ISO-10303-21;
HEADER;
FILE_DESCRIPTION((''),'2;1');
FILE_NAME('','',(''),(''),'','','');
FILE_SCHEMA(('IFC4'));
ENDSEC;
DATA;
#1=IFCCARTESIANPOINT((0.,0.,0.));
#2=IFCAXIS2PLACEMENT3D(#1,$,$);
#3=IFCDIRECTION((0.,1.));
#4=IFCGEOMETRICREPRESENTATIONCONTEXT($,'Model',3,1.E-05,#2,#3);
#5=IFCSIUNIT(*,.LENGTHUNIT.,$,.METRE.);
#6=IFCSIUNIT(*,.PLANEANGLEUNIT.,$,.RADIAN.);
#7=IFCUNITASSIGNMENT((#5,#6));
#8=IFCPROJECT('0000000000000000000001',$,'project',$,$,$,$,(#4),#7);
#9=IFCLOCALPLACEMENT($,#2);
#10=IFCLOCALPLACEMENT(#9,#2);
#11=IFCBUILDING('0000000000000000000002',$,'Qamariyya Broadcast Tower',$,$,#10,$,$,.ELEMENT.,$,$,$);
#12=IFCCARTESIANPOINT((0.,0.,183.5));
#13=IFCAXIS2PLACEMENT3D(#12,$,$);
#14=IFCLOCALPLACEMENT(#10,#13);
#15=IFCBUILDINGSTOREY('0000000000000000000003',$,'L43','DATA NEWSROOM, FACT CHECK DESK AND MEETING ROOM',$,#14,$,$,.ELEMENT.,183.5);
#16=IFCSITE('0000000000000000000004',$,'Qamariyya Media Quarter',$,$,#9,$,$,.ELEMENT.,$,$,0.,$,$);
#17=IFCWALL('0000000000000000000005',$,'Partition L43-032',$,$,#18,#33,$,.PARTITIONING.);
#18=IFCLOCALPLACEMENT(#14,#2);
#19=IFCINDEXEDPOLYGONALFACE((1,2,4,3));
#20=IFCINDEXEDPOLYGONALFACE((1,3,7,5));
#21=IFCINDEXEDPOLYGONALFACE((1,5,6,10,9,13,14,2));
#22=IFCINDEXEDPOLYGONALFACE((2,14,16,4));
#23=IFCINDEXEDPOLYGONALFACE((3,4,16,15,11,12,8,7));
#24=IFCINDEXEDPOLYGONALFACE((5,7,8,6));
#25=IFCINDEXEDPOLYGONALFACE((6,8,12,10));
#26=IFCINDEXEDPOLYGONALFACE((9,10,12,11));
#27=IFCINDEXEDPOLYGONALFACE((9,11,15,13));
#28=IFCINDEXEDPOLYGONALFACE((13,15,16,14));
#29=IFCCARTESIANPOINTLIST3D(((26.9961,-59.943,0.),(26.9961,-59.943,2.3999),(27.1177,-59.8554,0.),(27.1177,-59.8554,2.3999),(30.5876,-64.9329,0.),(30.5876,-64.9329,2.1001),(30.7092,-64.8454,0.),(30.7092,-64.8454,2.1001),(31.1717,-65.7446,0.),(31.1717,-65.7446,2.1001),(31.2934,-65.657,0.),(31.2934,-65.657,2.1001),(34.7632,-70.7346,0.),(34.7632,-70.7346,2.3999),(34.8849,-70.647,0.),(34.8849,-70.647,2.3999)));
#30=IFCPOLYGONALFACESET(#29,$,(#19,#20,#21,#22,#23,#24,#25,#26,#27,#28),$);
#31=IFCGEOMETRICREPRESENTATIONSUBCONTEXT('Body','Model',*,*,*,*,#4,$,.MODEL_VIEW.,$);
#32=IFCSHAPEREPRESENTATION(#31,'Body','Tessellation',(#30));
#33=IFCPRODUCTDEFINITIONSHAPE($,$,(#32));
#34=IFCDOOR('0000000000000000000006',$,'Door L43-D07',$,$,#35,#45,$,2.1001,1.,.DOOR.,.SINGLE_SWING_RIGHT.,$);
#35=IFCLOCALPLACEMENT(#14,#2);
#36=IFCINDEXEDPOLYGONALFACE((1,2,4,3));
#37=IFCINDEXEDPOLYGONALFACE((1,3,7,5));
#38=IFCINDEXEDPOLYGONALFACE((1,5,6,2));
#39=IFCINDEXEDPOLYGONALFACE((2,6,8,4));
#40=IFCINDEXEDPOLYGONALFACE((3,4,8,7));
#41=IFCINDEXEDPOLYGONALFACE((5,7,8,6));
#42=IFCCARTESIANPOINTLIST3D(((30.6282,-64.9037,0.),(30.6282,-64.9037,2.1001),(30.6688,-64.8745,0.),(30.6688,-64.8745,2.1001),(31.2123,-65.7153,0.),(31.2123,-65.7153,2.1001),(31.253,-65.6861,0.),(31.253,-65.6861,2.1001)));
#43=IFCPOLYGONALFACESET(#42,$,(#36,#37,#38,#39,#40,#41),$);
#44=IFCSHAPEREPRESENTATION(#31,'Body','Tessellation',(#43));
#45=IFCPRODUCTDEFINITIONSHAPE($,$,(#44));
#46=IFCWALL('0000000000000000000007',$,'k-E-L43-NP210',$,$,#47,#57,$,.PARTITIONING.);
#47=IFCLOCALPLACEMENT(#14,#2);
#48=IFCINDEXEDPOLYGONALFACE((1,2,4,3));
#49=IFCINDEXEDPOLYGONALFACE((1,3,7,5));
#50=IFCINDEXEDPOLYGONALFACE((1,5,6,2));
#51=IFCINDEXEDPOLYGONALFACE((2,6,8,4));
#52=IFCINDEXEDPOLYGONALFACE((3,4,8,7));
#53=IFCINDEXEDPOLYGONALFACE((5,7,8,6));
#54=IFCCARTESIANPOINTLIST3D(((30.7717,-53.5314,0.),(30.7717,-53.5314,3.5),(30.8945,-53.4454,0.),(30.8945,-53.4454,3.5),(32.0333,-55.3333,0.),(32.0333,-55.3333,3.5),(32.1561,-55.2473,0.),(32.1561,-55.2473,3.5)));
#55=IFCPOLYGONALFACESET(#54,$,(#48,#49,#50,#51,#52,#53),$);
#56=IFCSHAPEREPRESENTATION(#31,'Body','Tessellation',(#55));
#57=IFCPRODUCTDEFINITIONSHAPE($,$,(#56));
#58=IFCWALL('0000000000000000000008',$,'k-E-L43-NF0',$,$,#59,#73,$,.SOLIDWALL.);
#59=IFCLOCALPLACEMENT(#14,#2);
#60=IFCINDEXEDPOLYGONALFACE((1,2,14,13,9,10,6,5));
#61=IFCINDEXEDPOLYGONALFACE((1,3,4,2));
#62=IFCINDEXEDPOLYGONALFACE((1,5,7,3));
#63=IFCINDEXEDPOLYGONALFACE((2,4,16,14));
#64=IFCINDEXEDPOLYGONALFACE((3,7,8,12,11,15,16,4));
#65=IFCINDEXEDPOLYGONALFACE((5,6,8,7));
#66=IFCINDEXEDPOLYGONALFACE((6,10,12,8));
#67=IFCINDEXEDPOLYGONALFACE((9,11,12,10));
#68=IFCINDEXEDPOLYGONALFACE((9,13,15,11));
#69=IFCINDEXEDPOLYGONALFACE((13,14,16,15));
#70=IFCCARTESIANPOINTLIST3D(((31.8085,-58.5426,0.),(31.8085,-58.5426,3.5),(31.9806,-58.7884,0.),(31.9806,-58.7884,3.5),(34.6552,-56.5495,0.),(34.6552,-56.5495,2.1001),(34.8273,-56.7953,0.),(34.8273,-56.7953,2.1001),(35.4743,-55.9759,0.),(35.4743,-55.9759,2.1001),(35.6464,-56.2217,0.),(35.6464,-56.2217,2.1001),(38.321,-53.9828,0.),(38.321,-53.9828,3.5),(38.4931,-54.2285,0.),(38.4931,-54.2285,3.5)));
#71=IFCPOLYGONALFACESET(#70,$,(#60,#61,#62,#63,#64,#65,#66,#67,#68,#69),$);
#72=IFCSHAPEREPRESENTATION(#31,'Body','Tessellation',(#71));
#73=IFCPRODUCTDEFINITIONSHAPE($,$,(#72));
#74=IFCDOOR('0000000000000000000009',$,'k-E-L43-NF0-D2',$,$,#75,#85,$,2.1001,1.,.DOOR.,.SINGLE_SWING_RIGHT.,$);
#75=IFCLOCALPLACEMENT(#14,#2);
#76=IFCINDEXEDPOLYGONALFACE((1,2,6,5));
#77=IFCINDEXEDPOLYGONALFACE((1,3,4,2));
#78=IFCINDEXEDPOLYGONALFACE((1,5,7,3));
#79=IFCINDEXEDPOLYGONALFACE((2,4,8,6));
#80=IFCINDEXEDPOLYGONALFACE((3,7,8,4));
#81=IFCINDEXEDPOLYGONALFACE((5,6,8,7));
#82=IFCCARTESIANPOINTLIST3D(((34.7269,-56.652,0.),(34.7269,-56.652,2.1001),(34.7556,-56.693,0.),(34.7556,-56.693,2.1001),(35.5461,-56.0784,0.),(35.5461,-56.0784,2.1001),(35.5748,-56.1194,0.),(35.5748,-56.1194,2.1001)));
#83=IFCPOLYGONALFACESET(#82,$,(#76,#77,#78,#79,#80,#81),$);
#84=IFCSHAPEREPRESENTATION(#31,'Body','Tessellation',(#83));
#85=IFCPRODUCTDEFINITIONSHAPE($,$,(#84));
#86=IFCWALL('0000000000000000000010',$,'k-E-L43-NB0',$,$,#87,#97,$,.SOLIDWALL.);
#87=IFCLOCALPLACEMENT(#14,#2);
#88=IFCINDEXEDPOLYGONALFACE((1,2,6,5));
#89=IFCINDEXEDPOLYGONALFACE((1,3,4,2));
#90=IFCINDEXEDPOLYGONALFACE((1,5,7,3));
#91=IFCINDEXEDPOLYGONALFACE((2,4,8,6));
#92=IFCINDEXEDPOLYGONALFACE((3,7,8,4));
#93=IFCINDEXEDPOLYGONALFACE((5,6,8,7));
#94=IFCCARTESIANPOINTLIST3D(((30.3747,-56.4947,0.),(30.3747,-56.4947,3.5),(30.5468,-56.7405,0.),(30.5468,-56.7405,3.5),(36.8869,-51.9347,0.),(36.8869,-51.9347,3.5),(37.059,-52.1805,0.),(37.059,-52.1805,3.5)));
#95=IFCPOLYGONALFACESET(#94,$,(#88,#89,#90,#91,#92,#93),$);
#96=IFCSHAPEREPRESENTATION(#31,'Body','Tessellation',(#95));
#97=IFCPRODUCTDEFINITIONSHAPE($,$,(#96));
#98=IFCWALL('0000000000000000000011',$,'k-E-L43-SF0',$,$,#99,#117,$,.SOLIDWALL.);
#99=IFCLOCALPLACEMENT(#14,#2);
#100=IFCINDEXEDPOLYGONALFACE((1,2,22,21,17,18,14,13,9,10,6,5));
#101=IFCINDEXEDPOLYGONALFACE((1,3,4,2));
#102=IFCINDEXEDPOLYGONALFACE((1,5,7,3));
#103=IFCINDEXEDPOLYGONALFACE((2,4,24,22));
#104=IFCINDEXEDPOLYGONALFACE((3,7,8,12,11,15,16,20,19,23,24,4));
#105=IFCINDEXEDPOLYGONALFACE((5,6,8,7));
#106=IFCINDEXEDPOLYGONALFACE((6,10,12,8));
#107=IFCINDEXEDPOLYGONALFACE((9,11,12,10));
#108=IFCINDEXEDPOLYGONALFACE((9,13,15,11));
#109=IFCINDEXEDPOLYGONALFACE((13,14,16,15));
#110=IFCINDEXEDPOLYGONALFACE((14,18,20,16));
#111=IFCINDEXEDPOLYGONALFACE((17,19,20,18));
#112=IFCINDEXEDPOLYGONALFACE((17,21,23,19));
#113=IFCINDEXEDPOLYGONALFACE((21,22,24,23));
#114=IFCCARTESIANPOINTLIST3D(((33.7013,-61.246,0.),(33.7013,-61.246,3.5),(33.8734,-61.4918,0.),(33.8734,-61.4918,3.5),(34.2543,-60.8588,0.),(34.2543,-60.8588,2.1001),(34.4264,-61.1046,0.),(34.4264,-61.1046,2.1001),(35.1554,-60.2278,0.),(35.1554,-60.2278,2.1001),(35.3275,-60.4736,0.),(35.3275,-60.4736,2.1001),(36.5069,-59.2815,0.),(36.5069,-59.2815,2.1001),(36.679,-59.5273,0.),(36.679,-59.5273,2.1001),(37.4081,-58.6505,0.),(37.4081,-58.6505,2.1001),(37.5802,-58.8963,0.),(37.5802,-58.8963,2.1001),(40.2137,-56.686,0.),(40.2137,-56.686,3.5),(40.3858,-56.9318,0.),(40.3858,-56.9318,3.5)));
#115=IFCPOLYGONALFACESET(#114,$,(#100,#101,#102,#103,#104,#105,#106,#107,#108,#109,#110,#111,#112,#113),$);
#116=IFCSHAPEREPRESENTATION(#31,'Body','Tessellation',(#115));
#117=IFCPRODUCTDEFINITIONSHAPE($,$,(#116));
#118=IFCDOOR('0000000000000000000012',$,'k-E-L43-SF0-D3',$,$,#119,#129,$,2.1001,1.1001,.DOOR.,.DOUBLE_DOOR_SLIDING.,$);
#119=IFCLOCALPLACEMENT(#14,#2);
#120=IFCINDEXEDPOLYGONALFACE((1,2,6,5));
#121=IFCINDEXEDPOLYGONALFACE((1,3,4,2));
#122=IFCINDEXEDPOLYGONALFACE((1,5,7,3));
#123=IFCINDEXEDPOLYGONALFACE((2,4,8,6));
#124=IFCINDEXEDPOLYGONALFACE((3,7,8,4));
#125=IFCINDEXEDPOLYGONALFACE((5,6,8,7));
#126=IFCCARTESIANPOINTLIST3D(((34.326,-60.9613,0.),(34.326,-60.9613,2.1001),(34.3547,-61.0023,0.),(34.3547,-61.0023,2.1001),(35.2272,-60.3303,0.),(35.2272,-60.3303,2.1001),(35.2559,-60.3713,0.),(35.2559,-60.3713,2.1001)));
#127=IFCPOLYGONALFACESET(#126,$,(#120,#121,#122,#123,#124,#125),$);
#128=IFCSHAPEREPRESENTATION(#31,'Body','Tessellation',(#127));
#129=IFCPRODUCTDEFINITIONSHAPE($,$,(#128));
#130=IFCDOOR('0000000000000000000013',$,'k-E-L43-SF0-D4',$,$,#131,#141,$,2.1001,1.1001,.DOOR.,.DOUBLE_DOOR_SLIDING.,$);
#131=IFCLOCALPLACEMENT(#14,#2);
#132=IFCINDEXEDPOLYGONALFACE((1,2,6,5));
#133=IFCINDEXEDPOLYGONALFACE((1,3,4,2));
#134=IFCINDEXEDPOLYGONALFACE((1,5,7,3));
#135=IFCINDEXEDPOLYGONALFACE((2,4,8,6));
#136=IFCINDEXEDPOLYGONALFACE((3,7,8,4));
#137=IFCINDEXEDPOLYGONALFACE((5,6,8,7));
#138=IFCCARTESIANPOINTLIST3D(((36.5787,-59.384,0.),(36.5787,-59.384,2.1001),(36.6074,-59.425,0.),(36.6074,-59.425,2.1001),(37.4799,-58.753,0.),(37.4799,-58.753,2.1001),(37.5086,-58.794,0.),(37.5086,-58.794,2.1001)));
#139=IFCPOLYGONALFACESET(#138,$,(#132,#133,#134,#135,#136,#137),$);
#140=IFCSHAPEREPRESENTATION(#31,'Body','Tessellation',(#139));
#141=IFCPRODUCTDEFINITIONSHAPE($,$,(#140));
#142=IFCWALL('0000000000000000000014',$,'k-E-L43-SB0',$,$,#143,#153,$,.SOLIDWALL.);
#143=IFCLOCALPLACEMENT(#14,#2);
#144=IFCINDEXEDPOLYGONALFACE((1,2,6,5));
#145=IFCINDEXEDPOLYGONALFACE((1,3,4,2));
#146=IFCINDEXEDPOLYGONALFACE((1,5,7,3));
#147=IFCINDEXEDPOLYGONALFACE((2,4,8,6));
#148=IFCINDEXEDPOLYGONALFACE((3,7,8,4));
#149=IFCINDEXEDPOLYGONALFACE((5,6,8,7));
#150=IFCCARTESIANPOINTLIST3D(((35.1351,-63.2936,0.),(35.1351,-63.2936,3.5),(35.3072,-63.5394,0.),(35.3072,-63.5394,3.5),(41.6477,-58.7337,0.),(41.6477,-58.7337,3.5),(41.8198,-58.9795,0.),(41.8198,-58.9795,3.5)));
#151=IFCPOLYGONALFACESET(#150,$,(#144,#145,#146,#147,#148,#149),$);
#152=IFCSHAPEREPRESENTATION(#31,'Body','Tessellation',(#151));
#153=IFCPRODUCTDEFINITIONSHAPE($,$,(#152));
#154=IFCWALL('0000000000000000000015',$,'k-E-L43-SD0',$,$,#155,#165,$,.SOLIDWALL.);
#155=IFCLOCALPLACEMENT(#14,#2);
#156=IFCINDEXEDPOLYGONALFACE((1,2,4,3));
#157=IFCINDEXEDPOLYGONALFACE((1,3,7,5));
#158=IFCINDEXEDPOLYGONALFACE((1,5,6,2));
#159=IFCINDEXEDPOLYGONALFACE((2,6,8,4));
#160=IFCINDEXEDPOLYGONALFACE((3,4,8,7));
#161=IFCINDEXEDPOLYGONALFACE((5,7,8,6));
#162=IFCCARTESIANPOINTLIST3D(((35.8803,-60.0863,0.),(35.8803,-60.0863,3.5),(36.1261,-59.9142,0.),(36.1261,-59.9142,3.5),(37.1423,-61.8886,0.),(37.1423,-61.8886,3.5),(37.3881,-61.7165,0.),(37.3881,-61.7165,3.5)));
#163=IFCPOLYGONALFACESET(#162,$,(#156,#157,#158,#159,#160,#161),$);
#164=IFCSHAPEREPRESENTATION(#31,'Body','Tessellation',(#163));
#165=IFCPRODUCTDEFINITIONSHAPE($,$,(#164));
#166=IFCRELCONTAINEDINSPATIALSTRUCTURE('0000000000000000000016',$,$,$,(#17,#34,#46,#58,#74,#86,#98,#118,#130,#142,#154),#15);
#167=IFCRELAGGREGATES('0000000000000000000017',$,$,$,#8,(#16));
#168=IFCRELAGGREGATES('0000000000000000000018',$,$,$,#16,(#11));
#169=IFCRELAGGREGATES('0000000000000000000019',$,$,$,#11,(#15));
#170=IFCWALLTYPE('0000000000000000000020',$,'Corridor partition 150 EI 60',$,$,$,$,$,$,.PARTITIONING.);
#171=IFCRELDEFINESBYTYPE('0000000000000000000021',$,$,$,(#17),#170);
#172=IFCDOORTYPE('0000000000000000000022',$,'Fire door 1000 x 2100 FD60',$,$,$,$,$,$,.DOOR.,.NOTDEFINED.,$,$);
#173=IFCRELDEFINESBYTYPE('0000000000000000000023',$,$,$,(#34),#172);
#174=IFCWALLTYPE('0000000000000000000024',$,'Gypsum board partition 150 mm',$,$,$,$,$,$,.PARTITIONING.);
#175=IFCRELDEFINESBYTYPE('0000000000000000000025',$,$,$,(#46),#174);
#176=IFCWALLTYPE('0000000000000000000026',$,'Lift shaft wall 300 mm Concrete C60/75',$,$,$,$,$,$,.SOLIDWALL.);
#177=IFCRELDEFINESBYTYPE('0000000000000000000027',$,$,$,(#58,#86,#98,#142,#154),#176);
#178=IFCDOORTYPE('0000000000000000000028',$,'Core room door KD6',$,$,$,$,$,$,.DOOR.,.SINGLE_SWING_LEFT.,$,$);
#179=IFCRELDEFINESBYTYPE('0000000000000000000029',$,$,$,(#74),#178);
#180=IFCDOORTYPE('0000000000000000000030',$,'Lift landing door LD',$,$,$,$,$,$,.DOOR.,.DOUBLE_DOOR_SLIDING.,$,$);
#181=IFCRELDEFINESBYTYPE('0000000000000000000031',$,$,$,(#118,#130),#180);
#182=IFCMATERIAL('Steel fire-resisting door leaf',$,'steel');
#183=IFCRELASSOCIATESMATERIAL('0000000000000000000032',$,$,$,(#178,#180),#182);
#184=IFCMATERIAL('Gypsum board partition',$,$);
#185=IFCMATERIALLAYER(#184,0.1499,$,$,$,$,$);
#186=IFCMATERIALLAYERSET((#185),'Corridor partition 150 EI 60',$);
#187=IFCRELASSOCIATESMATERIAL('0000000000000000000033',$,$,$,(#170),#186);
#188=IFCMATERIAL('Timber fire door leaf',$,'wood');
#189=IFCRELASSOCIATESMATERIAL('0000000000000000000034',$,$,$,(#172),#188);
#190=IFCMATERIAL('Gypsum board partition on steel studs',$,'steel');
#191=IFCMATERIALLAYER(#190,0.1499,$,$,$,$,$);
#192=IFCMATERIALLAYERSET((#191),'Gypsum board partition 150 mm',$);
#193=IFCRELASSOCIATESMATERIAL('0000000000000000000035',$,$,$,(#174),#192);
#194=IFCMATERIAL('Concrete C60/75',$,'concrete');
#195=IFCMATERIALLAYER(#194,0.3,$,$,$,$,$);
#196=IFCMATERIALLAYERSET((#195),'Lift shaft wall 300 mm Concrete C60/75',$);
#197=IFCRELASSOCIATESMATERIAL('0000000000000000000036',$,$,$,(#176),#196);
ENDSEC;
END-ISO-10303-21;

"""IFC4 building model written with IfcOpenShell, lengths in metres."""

from ifc_helpers import new_model, si_unit, direction, frame, frame_2d, origin, place, context, subcontext, project, spatial, rectangle, extrude, material, layer, layer_set, type_object, element, fill, save


model = new_model("IFC4")

# Units and contexts
model_context = context("Model", 3, precision=1e-05, world=origin(), true_north=direction((0.0, 1.0)))
body_context = subcontext(model_context, "Body", "Model", "MODEL_VIEW")
ifc_project = project(units=[si_unit("LENGTHUNIT", "METRE"), si_unit("PLANEANGLEUNIT", "RADIAN")], contexts=[model_context])

# Site, building, storey
site_placement = place(None, origin())
site = spatial("IfcSite", under=ifc_project, at=site_placement, Name="Qamariyya Media Quarter", CompositionType="ELEMENT", RefElevation=0.0)
building_placement = place(site_placement, origin())
building = spatial("IfcBuilding", under=site, at=building_placement, Name="Qamariyya Broadcast Tower", CompositionType="ELEMENT")
storey_placement = place(building_placement, frame((0.0, 0.0, 183.5)))
storey = spatial("IfcBuildingStorey", under=building, at=storey_placement, Name="L43", Description="DATA NEWSROOM, FACT CHECK DESK AND MEETING ROOM", CompositionType="ELEMENT", Elevation=183.5)

# Shared definitions
ifc_material_1 = material(Name="Concrete C60/75", Category="concrete")

# Shared definitions
ifc_material_2 = material(Name="Steel fire-resisting door leaf", Category="steel")

# Shared definitions
door_type_1 = type_object("IfcDoorType", Name="Core room door KD6", OperationType="SINGLE_SWING_LEFT", PredefinedType="DOOR", material=ifc_material_2)

# Wall, opening, door
ifc_material_3 = material(Name="Gypsum board partition")
ifc_layer_1 = layer(ifc_material_3, 0.1499)
ifc_layer_set_1 = layer_set([ifc_layer_1], Name="Corridor partition 150 EI 60")
wall_type_1 = type_object("IfcWallType", Name="Corridor partition 150 EI 60", PredefinedType="PARTITIONING", material=ifc_layer_set_1)
wall_1_placement = place(storey_placement, frame((34.824, -70.6907, 0.0), z_axis=(0.0, 0.0, 1.0), x_axis=(-0.584166, 0.811634, 0.0)))
wall_1 = element("IfcWall", 1, at=wall_1_placement, inside=storey, type_object=wall_type_1, Name="Partition L43-032", PredefinedType="PARTITIONING", context=body_context, shape_type="SweptSolid", body=[
    extrude(rectangle(XDim=13.2961, YDim=0.1499, at=frame_2d((6.6479, 0.0))), origin(), (0.0, 0.0, 1.0), 2.3999),
])
opening_1_placement = place(wall_1_placement, frame((6.1479, 0.0, 0.0)))
opening_1 = element("IfcOpeningElement", 2, at=opening_1_placement, cuts=wall_1, PredefinedType="OPENING", context=body_context, shape_type="SweptSolid", body=[
    extrude(rectangle(XDim=1.0, YDim=2.1001, at=frame_2d((0.5, 1.05))), frame((0.0, 0.085, 0.0), z_axis=(0.0, -1.0, 0.0), x_axis=(1.0, 0.0, 0.0)), (0.0, 0.0, 1.0), 0.1699),
])
ifc_material_4 = material(Name="Timber fire door leaf", Category="wood")
door_type_2 = type_object("IfcDoorType", Name="Fire door 1000 x 2100 FD60", OperationType="NOTDEFINED", PredefinedType="DOOR", material=ifc_material_4)
door_1_placement = place(opening_1_placement, origin())
door_1 = element("IfcDoor", 3, at=door_1_placement, inside=storey, type_object=door_type_2, Name="Door L43-D07", OperationType="SINGLE_SWING_RIGHT", OverallHeight=2.1001, OverallWidth=1.0, PredefinedType="DOOR", context=body_context, shape_type="SweptSolid", body=[
    extrude(rectangle(XDim=1.0, YDim=2.1001, at=frame_2d((0.5, 1.05))), frame((0.0, 0.0249, 0.0), z_axis=(0.0, -1.0, 0.0), x_axis=(1.0, 0.0, 0.0)), (0.0, 0.0, 1.0), 0.05),
])
fill(opening_1, door_1)

# Wall
ifc_material_5 = material(Name="Gypsum board partition on steel studs", Category="steel")
ifc_layer_2 = layer(ifc_material_5, 0.1499)
ifc_layer_set_2 = layer_set([ifc_layer_2], Name="Gypsum board partition 150 mm")
wall_type_2 = type_object("IfcWallType", Name="Gypsum board partition 150 mm", PredefinedType="PARTITIONING", material=ifc_layer_set_2)
wall_2_placement = place(storey_placement, frame((32.0947, -55.2903, 0.0), z_axis=(0.0, 0.0, 1.0), x_axis=(-0.573559, 0.819164, 0.0)))
element("IfcWall", 4, at=wall_2_placement, inside=storey, type_object=wall_type_2, Name="k-E-L43-NP210", PredefinedType="PARTITIONING", context=body_context, shape_type="SweptSolid", body=[
    extrude(rectangle(XDim=2.1997, YDim=0.1499, at=frame_2d((1.0999, 0.0))), origin(), (0.0, 0.0, 1.0), 3.5),
])

# Wall, opening, door
ifc_layer_3 = layer(ifc_material_1, 0.3)
ifc_layer_set_3 = layer_set([ifc_layer_3], Name="Lift shaft wall 300 mm Concrete C60/75")
wall_type_3 = type_object("IfcWallType", Name="Lift shaft wall 300 mm Concrete C60/75", PredefinedType="SOLIDWALL", material=ifc_layer_set_3)
wall_3_placement = place(storey_placement, frame((31.8945, -58.6655, 0.0), z_axis=(0.0, 0.0, 1.0), x_axis=(0.819167, 0.573555, 0.0)))
wall_3 = element("IfcWall", 5, at=wall_3_placement, inside=storey, type_object=wall_type_3, Name="k-E-L43-NF0", PredefinedType="SOLIDWALL", context=body_context, shape_type="SweptSolid", body=[
    extrude(rectangle(XDim=7.9502, YDim=0.3, at=frame_2d((3.9751, 0.0))), origin(), (0.0, 0.0, 1.0), 3.5),
])
opening_2_placement = place(wall_3_placement, frame((3.4751, 0.0, 0.0)))
opening_2 = element("IfcOpeningElement", 6, at=opening_2_placement, cuts=wall_3, PredefinedType="OPENING", context=body_context, shape_type="SweptSolid", body=[
    extrude(rectangle(XDim=1.0, YDim=2.1001, at=frame_2d((0.5, 1.05))), frame((0.0, 0.1599, 0.0), z_axis=(0.0, -1.0, 0.0), x_axis=(1.0, 0.0, 0.0)), (0.0, 0.0, 1.0), 0.3201),
])
door_2_placement = place(opening_2_placement, origin())
door_2 = element("IfcDoor", 7, at=door_2_placement, inside=storey, type_object=door_type_1, Name="k-E-L43-NF0-D2", OperationType="SINGLE_SWING_RIGHT", OverallHeight=2.1001, OverallWidth=1.0, PredefinedType="DOOR", context=body_context, shape_type="SweptSolid", body=[
    extrude(rectangle(XDim=1.0, YDim=2.1001, at=frame_2d((0.5, 1.05))), frame((0.0, 0.0249, 0.0), z_axis=(0.0, -1.0, 0.0), x_axis=(1.0, 0.0, 0.0)), (0.0, 0.0, 1.0), 0.05),
])
fill(opening_2, door_2)

# Wall
wall_4_placement = place(storey_placement, frame((30.4607, -56.6177, 0.0), z_axis=(0.0, 0.0, 1.0), x_axis=(0.819142, 0.57359, 0.0)))
element("IfcWall", 8, at=wall_4_placement, inside=storey, type_object=wall_type_3, Name="k-E-L43-NB0", PredefinedType="SOLIDWALL", context=body_context, shape_type="SweptSolid", body=[
    extrude(rectangle(XDim=7.95, YDim=0.3, at=frame_2d((3.9751, 0.0))), origin(), (0.0, 0.0, 1.0), 3.5),
])

# Wall, openings, doors
wall_5_placement = place(storey_placement, frame((33.7874, -61.3689, 0.0), z_axis=(0.0, 0.0, 1.0), x_axis=(0.819153, 0.573576, 0.0)))
wall_5 = element("IfcWall", 9, at=wall_5_placement, inside=storey, type_object=wall_type_3, Name="k-E-L43-SF0", PredefinedType="SOLIDWALL", context=body_context, shape_type="SweptSolid", body=[
    extrude(rectangle(XDim=7.9502, YDim=0.3, at=frame_2d((3.9751, 0.0))), origin(), (0.0, 0.0, 1.0), 3.5),
])
opening_3_placement = place(wall_5_placement, frame((0.675, 0.0, 0.0)))
opening_3 = element("IfcOpeningElement", 10, at=opening_3_placement, cuts=wall_5, PredefinedType="OPENING", context=body_context, shape_type="SweptSolid", body=[
    extrude(rectangle(XDim=1.1001, YDim=2.1001, at=frame_2d((0.55, 1.05))), frame((0.0, 0.1599, 0.0), z_axis=(0.0, -1.0, 0.0), x_axis=(1.0, 0.0, 0.0)), (0.0, 0.0, 1.0), 0.3201),
])
opening_4_placement = place(wall_5_placement, frame((3.425, 0.0, 0.0)))
opening_4 = element("IfcOpeningElement", 11, at=opening_4_placement, cuts=wall_5, PredefinedType="OPENING", context=body_context, shape_type="SweptSolid", body=[
    extrude(rectangle(XDim=1.1001, YDim=2.1001, at=frame_2d((0.55, 1.05))), frame((0.0, 0.1599, 0.0), z_axis=(0.0, -1.0, 0.0), x_axis=(1.0, 0.0, 0.0)), (0.0, 0.0, 1.0), 0.3201),
])
door_type_3 = type_object("IfcDoorType", Name="Lift landing door LD", OperationType="DOUBLE_DOOR_SLIDING", PredefinedType="DOOR", material=ifc_material_2)
door_3_placement = place(opening_3_placement, origin())
door_3 = element("IfcDoor", 12, at=door_3_placement, inside=storey, type_object=door_type_3, Name="k-E-L43-SF0-D3", OperationType="DOUBLE_DOOR_SLIDING", OverallHeight=2.1001, OverallWidth=1.1001, PredefinedType="DOOR", context=body_context, shape_type="SweptSolid", body=[
    extrude(rectangle(XDim=1.1001, YDim=2.1001, at=frame_2d((0.55, 1.05))), frame((0.0, 0.0249, 0.0), z_axis=(0.0, -1.0, 0.0), x_axis=(1.0, 0.0, 0.0)), (0.0, 0.0, 1.0), 0.05),
])
fill(opening_3, door_3)
door_4_placement = place(opening_4_placement, origin())
door_4 = element("IfcDoor", 13, at=door_4_placement, inside=storey, type_object=door_type_3, Name="k-E-L43-SF0-D4", OperationType="DOUBLE_DOOR_SLIDING", OverallHeight=2.1001, OverallWidth=1.1001, PredefinedType="DOOR", context=body_context, shape_type="SweptSolid", body=[
    extrude(rectangle(XDim=1.1001, YDim=2.1001, at=frame_2d((0.55, 1.05))), frame((0.0, 0.0249, 0.0), z_axis=(0.0, -1.0, 0.0), x_axis=(1.0, 0.0, 0.0)), (0.0, 0.0, 1.0), 0.05),
])
fill(opening_4, door_4)

# Walls
wall_6_placement = place(storey_placement, frame((35.2212, -63.4165, 0.0), z_axis=(0.0, 0.0, 1.0), x_axis=(0.819167, 0.573555, 0.0)))
element("IfcWall", 14, at=wall_6_placement, inside=storey, type_object=wall_type_3, Name="k-E-L43-SB0", PredefinedType="SOLIDWALL", context=body_context, shape_type="SweptSolid", body=[
    extrude(rectangle(XDim=7.9502, YDim=0.3, at=frame_2d((3.9751, 0.0))), origin(), (0.0, 0.0, 1.0), 3.5),
])
wall_7_placement = place(storey_placement, frame((36.0032, -60.0002, 0.0), z_axis=(0.0, 0.0, 1.0), x_axis=(0.573581, -0.819149, 0.0)))
element("IfcWall", 15, at=wall_7_placement, inside=storey, type_object=wall_type_3, Name="k-E-L43-SD0", PredefinedType="SOLIDWALL", context=body_context, shape_type="SweptSolid", body=[
    extrude(rectangle(XDim=2.2002, YDim=0.3, at=frame_2d((1.1001, 0.0))), origin(), (0.0, 0.0, 1.0), 3.5),
])

save(model, "model.ifc")
